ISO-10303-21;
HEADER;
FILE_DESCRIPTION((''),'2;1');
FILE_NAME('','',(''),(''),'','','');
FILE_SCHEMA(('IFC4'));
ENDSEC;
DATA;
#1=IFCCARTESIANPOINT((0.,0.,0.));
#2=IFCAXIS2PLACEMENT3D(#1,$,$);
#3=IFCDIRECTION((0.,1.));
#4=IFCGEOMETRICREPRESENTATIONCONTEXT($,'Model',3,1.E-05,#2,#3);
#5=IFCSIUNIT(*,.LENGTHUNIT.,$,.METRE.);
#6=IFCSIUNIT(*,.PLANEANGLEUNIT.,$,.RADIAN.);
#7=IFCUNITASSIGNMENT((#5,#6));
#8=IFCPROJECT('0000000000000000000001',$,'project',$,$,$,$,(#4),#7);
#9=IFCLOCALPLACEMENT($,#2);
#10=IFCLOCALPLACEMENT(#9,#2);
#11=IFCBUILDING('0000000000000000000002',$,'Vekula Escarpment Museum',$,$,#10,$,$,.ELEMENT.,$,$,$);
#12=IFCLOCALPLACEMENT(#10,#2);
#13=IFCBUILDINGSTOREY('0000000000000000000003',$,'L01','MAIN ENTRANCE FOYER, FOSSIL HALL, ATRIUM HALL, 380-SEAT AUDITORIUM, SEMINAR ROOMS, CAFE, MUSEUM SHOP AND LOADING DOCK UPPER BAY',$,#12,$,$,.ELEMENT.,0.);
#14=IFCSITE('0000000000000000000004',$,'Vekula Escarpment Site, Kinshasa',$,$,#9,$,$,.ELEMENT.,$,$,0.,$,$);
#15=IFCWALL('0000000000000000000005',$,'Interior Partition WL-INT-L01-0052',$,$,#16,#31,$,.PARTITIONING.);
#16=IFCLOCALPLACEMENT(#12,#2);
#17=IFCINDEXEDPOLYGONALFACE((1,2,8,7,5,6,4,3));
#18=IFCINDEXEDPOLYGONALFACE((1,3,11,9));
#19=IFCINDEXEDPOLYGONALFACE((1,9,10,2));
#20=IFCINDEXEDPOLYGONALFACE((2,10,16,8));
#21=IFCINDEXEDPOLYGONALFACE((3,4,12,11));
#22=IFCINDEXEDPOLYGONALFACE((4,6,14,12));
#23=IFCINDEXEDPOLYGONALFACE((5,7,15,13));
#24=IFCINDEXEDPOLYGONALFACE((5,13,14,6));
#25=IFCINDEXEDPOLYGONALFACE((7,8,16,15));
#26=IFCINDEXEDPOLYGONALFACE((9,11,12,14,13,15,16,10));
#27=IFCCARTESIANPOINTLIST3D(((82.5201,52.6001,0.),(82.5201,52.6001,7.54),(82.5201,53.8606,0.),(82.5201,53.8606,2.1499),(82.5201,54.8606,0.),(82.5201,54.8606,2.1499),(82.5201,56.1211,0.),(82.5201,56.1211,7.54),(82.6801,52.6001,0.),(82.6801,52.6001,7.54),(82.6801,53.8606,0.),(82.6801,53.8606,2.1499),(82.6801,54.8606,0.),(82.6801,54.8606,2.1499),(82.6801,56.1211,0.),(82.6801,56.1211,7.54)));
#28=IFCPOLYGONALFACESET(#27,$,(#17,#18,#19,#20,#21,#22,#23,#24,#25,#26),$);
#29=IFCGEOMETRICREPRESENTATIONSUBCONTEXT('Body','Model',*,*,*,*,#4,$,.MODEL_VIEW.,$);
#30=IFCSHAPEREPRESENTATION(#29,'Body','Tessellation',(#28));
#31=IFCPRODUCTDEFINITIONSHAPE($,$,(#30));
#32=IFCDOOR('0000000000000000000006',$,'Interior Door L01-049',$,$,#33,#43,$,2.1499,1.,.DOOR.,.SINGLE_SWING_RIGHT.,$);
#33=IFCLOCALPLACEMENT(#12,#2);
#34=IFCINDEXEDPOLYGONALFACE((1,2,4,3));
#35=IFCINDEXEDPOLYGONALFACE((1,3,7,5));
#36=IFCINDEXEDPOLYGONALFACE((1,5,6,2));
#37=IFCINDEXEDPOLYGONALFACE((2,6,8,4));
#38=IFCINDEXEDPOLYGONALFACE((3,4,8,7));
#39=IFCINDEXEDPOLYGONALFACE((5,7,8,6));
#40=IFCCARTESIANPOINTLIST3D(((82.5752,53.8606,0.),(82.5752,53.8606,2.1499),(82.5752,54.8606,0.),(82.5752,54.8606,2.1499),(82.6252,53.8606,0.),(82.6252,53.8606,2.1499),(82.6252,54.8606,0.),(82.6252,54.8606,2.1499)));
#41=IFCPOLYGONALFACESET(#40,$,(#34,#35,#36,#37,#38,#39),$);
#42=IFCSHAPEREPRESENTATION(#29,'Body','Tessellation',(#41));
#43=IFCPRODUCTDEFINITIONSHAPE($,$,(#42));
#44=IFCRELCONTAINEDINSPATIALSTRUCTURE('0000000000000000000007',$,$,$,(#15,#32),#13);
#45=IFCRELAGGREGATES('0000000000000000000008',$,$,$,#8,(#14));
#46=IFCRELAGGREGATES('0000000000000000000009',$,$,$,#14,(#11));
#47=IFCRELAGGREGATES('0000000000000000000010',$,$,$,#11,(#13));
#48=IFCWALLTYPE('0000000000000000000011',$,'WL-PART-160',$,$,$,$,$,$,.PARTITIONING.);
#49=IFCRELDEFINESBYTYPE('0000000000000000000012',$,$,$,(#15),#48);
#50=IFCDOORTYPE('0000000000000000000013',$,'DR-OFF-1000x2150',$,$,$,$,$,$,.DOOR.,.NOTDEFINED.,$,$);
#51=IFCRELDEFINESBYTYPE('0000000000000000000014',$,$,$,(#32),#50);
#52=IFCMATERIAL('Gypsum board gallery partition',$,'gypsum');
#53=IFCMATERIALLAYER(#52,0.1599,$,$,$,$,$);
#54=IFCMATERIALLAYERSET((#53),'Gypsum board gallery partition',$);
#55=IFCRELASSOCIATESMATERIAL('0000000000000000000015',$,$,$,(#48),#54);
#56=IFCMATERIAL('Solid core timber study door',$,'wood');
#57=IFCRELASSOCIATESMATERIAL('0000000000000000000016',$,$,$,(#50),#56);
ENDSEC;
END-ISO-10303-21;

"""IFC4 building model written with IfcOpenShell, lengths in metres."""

from ifc_helpers import new_model, si_unit, direction, frame, frame_2d, origin, place, context, subcontext, project, spatial, rectangle, extrude, material, layer, layer_set, type_object, element, fill, save


model = new_model("IFC4")

# Units and contexts
model_context = context("Model", 3, precision=1e-05, world=origin(), true_north=direction((0.0, 1.0)))
body_context = subcontext(model_context, "Body", "Model", "MODEL_VIEW")
ifc_project = project(units=[si_unit("LENGTHUNIT", "METRE"), si_unit("PLANEANGLEUNIT", "RADIAN")], contexts=[model_context])

# Site, building, storey
site_placement = place(None, origin())
site = spatial("IfcSite", under=ifc_project, at=site_placement, Name="Vekula Escarpment Site, Kinshasa", CompositionType="ELEMENT", RefElevation=0.0)
building_placement = place(site_placement, origin())
building = spatial("IfcBuilding", under=site, at=building_placement, Name="Vekula Escarpment Museum", CompositionType="ELEMENT")
storey_placement = place(building_placement, origin())
storey = spatial("IfcBuildingStorey", under=building, at=storey_placement, Name="L01", Description="MAIN ENTRANCE FOYER, FOSSIL HALL, ATRIUM HALL, 380-SEAT AUDITORIUM, SEMINAR ROOMS, CAFE, MUSEUM SHOP AND LOADING DOCK UPPER BAY", CompositionType="ELEMENT", Elevation=0.0)

# Wall, opening, door
ifc_material_1 = material(Name="Gypsum board gallery partition", Category="gypsum")
ifc_layer_1 = layer(ifc_material_1, 0.1599)
ifc_layer_set_1 = layer_set([ifc_layer_1], Name="Gypsum board gallery partition")
wall_type_1 = type_object("IfcWallType", Name="WL-PART-160", PredefinedType="PARTITIONING", material=ifc_layer_set_1)
wall_1_placement = place(storey_placement, frame((82.6001, 52.6001, 0.0), z_axis=(0.0, 0.0, 1.0), x_axis=(0.0, 1.0, 0.0)))
wall_1 = element("IfcWall", 1, at=wall_1_placement, inside=storey, type_object=wall_type_1, Name="Interior Partition WL-INT-L01-0052", PredefinedType="PARTITIONING", context=body_context, shape_type="SweptSolid", body=[
    extrude(rectangle(XDim=3.521, YDim=0.1599, at=frame_2d((1.7605, 0.0))), origin(), (0.0, 0.0, 1.0), 7.54),
])
opening_1_placement = place(wall_1_placement, frame((1.2605, 0.0, 0.0)))
opening_1 = element("IfcOpeningElement", 2, at=opening_1_placement, cuts=wall_1, PredefinedType="OPENING", context=body_context, shape_type="SweptSolid", body=[
    extrude(rectangle(XDim=1.0, YDim=2.1499, at=frame_2d((0.5, 1.075))), frame((0.0, 0.0898, 0.0), z_axis=(0.0, -1.0, 0.0), x_axis=(1.0, 0.0, 0.0)), (0.0, 0.0, 1.0), 0.1799),
])
ifc_material_2 = material(Name="Solid core timber study door", Category="wood")
door_type_1 = type_object("IfcDoorType", Name="DR-OFF-1000x2150", OperationType="NOTDEFINED", PredefinedType="DOOR", material=ifc_material_2)
door_1_placement = place(opening_1_placement, origin())
door_1 = element("IfcDoor", 3, at=door_1_placement, inside=storey, type_object=door_type_1, Name="Interior Door L01-049", OperationType="SINGLE_SWING_RIGHT", OverallHeight=2.1499, OverallWidth=1.0, PredefinedType="DOOR", context=body_context, shape_type="SweptSolid", body=[
    extrude(rectangle(XDim=1.0, YDim=2.1499, at=frame_2d((0.5, 1.075))), frame((0.0, 0.0249, 0.0), z_axis=(0.0, -1.0, 0.0), x_axis=(1.0, 0.0, 0.0)), (0.0, 0.0, 1.0), 0.05),
])
fill(opening_1, door_1)

save(model, "model.ifc")
